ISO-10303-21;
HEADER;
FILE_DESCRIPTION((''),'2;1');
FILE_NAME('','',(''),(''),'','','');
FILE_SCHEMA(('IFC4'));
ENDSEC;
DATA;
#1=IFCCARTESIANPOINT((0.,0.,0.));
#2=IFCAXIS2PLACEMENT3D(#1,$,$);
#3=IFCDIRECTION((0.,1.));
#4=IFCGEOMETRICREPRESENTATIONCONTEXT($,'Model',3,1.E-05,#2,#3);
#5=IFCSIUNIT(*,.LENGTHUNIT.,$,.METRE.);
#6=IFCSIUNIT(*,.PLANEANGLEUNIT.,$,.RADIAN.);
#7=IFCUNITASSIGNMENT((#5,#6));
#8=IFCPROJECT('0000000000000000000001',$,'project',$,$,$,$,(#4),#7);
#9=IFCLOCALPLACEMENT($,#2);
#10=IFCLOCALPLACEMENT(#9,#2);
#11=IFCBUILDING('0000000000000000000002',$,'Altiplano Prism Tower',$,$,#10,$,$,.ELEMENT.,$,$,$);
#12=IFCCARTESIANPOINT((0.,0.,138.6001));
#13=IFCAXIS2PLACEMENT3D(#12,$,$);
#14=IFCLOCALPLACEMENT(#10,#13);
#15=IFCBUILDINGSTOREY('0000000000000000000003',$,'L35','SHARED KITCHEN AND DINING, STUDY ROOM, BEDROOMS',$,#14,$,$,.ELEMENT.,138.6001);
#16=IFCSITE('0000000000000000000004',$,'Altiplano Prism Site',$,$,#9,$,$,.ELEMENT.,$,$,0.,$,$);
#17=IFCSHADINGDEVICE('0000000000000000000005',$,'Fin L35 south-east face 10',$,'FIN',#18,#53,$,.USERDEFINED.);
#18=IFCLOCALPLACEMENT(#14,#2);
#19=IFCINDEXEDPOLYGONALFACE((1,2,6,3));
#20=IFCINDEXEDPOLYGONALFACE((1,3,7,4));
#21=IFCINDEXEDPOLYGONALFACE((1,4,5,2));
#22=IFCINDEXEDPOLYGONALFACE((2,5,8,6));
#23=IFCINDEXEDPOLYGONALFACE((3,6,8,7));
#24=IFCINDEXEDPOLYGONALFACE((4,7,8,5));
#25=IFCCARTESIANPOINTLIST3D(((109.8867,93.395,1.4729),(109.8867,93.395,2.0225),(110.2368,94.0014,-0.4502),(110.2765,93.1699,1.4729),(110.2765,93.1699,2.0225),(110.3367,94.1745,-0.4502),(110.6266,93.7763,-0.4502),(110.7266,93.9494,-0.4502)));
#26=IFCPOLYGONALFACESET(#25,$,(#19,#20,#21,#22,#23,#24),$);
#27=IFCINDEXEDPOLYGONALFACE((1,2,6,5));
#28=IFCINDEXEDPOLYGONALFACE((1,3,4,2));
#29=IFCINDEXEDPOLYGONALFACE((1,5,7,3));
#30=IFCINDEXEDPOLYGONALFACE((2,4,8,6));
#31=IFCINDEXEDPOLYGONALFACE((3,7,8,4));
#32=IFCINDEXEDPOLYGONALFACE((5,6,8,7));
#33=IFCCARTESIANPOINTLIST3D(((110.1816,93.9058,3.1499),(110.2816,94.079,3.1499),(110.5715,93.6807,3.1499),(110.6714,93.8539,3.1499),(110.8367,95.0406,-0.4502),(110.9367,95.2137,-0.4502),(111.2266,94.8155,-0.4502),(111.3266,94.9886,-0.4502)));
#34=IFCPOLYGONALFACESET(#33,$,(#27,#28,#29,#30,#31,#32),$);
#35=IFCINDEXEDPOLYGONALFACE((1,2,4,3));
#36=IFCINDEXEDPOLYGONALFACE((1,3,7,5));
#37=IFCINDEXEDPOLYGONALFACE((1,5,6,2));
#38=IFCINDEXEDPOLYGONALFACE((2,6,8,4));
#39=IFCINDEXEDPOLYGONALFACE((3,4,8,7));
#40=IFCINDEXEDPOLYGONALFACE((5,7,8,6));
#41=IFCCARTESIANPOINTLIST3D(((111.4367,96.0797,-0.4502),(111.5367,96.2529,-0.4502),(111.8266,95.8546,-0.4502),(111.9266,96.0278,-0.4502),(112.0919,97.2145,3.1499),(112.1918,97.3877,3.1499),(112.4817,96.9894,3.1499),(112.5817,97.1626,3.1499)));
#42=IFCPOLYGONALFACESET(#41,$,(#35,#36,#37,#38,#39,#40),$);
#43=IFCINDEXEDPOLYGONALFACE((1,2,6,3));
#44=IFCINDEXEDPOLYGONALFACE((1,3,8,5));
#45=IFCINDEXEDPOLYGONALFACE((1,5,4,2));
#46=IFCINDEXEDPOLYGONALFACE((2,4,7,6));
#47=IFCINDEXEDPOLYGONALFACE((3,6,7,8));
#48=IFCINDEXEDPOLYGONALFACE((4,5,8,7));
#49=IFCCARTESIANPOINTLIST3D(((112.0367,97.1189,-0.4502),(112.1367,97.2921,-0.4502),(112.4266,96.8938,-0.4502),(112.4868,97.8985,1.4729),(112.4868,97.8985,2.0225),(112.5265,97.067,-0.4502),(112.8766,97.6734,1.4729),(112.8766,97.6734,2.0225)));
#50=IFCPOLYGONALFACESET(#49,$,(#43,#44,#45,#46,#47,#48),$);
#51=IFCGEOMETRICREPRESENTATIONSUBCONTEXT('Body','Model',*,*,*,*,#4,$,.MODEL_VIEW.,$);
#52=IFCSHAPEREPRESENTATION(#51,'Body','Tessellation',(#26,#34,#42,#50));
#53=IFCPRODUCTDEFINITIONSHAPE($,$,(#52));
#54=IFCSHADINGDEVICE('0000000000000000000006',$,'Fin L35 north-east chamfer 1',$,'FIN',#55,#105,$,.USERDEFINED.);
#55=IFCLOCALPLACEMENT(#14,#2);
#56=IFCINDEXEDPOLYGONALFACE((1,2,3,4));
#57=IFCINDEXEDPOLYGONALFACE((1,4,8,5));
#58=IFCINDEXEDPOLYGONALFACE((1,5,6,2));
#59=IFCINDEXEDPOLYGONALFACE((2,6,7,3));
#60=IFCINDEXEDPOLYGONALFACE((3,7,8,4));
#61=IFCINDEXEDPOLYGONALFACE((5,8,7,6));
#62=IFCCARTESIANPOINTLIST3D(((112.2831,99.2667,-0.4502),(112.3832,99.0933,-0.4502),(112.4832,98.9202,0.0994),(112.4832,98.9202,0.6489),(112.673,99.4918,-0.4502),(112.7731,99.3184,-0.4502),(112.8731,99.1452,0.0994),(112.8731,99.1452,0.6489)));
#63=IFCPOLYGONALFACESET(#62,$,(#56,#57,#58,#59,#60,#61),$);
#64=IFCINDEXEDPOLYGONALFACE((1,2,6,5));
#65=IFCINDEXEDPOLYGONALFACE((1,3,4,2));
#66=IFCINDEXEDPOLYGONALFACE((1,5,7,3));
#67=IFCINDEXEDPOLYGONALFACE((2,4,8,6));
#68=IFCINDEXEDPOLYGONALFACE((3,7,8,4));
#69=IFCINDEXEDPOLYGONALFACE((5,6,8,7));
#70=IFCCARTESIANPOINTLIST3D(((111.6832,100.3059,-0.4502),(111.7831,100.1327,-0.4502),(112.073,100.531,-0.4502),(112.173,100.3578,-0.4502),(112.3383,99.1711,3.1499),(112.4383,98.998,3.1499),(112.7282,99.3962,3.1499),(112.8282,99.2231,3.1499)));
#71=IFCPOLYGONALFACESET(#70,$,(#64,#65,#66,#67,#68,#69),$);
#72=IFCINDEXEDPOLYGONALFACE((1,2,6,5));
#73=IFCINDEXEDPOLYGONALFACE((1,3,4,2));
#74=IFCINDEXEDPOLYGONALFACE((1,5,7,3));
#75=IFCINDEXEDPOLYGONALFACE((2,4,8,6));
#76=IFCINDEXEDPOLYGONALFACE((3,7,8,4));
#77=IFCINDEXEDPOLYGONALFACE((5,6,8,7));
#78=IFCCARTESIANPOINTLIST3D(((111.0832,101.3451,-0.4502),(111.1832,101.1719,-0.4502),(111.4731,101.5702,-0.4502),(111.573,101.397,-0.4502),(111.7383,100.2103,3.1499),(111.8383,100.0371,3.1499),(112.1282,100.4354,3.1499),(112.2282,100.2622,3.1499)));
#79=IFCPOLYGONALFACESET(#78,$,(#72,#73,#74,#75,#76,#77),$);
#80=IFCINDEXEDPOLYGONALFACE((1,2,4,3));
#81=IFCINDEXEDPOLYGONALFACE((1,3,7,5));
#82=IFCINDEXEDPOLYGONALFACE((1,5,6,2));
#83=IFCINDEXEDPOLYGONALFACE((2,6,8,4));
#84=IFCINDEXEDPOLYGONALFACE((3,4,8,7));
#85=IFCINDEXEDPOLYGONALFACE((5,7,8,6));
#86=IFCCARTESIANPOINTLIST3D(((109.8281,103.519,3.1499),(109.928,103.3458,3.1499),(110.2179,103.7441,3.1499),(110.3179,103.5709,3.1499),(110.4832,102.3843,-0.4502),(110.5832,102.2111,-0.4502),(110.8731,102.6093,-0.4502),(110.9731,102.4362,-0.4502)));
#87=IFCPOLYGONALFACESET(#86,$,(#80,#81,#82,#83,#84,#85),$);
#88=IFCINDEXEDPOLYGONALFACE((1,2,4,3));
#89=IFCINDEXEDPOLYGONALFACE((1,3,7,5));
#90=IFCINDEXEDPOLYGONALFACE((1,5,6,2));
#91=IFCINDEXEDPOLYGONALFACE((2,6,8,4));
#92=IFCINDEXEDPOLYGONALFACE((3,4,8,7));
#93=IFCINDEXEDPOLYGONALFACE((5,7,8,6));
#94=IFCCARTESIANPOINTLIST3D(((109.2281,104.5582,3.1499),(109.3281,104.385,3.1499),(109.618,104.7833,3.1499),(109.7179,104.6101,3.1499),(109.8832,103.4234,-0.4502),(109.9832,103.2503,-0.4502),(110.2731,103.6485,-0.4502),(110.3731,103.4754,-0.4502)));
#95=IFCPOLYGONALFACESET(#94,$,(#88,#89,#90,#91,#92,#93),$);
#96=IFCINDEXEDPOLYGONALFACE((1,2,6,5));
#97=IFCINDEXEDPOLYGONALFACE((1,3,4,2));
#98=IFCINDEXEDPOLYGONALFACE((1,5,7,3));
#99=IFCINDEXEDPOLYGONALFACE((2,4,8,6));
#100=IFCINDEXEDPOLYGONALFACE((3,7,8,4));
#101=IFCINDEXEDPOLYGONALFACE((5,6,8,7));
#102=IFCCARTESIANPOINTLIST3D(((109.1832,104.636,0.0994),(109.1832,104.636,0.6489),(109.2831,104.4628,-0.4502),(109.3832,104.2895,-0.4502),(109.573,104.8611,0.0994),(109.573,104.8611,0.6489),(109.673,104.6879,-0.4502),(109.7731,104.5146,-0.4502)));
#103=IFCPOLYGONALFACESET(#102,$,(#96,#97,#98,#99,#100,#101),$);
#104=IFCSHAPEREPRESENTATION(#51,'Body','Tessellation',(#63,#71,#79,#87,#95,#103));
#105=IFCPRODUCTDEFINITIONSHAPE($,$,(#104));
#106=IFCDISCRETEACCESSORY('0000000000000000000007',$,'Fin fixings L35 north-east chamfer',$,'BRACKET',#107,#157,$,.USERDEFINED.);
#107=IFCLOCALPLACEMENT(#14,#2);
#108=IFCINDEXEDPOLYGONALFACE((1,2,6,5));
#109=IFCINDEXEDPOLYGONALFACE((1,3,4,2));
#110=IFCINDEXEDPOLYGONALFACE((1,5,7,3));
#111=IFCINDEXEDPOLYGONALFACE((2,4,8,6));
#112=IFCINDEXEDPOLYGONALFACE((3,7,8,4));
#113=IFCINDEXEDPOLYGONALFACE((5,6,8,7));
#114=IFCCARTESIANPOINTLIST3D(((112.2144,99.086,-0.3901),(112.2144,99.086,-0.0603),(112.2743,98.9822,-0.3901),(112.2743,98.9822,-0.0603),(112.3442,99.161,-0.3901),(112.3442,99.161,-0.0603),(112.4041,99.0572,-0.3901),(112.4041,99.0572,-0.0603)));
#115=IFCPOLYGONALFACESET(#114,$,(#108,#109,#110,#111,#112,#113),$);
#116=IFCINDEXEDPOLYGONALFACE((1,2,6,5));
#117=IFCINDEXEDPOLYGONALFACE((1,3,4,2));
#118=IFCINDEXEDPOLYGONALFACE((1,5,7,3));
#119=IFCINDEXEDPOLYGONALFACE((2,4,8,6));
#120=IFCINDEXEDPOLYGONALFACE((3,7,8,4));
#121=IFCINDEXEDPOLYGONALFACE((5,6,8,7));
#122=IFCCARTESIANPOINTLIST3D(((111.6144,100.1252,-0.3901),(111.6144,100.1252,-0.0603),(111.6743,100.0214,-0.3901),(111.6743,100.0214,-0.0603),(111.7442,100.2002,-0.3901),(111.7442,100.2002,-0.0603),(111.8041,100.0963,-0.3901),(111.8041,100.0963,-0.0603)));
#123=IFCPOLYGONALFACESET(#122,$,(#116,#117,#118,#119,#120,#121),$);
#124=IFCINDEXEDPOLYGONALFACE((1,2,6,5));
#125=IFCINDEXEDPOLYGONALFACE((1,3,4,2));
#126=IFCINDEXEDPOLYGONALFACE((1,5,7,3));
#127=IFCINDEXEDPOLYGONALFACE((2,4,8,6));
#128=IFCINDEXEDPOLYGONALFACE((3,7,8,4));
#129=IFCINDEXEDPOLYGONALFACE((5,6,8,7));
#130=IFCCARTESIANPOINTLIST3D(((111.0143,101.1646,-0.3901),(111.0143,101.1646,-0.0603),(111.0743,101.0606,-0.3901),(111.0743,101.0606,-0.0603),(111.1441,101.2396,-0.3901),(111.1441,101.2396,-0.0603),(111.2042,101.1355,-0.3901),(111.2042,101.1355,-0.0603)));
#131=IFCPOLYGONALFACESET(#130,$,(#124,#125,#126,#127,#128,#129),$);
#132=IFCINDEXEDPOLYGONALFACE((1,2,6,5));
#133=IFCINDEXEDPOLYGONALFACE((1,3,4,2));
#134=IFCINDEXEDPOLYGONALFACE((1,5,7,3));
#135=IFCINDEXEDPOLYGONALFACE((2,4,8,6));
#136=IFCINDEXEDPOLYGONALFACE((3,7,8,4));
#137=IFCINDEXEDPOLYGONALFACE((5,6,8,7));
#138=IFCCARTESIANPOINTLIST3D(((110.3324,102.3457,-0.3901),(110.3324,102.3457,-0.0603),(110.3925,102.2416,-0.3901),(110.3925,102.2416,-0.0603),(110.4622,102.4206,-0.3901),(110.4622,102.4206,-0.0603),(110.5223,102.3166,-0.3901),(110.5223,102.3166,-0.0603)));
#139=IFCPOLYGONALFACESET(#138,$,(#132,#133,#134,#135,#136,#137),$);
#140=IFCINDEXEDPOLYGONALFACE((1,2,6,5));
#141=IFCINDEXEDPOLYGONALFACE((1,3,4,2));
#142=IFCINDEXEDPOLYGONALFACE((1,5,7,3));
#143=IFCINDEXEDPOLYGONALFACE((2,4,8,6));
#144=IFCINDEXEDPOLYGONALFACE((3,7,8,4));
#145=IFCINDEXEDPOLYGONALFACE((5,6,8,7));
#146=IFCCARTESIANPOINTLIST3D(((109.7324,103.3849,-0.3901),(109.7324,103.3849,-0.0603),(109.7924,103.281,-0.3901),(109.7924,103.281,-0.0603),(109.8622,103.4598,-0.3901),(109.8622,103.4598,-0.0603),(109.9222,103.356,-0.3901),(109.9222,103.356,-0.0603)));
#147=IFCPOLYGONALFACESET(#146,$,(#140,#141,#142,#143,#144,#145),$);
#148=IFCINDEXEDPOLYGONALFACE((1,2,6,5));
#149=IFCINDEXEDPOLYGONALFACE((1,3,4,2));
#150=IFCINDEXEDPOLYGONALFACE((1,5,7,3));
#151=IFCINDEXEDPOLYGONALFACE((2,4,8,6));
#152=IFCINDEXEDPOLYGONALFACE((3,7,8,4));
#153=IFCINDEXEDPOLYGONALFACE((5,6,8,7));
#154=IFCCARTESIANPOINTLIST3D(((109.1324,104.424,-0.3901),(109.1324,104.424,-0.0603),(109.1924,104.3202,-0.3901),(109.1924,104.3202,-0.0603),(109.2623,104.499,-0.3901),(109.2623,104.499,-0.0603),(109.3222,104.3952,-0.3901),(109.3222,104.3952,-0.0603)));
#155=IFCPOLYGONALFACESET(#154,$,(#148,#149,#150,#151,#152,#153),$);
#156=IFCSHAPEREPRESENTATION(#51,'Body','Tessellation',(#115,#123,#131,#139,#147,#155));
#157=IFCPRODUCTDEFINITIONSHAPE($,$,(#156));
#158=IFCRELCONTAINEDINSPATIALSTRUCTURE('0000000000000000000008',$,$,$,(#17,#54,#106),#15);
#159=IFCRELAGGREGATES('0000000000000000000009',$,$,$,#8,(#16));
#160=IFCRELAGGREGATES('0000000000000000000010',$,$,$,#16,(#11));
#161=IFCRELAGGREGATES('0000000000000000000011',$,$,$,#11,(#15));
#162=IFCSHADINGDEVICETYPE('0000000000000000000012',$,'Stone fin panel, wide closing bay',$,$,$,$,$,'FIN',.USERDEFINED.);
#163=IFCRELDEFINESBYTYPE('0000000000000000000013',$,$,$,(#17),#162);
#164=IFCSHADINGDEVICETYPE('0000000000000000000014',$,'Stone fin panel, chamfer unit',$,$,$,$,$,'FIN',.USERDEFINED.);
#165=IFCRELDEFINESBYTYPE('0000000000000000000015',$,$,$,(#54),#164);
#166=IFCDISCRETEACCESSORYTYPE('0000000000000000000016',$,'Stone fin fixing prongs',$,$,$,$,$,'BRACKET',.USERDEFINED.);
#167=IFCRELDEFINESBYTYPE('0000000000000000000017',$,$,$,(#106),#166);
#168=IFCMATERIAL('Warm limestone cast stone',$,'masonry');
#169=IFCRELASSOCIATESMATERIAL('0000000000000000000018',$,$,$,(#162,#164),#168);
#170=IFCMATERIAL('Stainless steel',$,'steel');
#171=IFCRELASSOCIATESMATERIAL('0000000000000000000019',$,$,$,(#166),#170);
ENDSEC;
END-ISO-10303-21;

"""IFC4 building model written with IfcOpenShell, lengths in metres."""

from ifc_helpers import new_model, si_unit, direction, frame, origin, place, context, subcontext, project, spatial, polyline, outline, extrude, source, transform, mapped, material, type_object, element, save


model = new_model("IFC4")

# Units and contexts
model_context = context("Model", 3, precision=1e-05, world=origin(), true_north=direction((0.0, 1.0)))
body_context = subcontext(model_context, "Body", "Model", "MODEL_VIEW")
ifc_project = project(units=[si_unit("LENGTHUNIT", "METRE"), si_unit("PLANEANGLEUNIT", "RADIAN")], contexts=[model_context])

# Site, building, storey
site_placement = place(None, origin())
site = spatial("IfcSite", under=ifc_project, at=site_placement, Name="Altiplano Prism Site", CompositionType="ELEMENT", RefElevation=0.0)
building_placement = place(site_placement, origin())
building = spatial("IfcBuilding", under=site, at=building_placement, Name="Altiplano Prism Tower", CompositionType="ELEMENT")
storey_placement = place(building_placement, frame((0.0, 0.0, 138.6001)))
storey = spatial("IfcBuildingStorey", under=building, at=storey_placement, Name="L35", Description="SHARED KITCHEN AND DINING, STUDY ROOM, BEDROOMS", CompositionType="ELEMENT", Elevation=138.6001)

# Shading devices
ifc_material_1 = material(Name="Warm limestone cast stone", Category="masonry")
shading_device_type_1 = type_object("IfcShadingDeviceType", Name="Stone fin panel, wide closing bay", ElementType="FIN", PredefinedType="USERDEFINED", material=ifc_material_1)
shared_shape_1 = source(origin(), body_context, "Body", "SweptSolid", [
    extrude(outline(polyline([(-2.6001, 2.4727), (-2.6001, 1.9231), (-1.8999, 0.0), (-1.7, 0.0), (-2.6001, 2.4727)])), frame((0.0, -0.1499, 0.0), z_axis=(0.0, -1.0, 0.0), x_axis=(1.0, 0.0, 0.0)), (0.0, 0.0, 1.0), 0.4502),
    extrude(outline(polyline([(-2.0103, 3.6001), (-0.7, 0.0), (-0.5, 0.0), (-1.8103, 3.6001), (-2.0103, 3.6001)])), frame((0.0, -0.1499, 0.0), z_axis=(0.0, -1.0, 0.0), x_axis=(1.0, 0.0, 0.0)), (0.0, 0.0, 1.0), 0.4502),
    extrude(outline(polyline([(1.8103, 3.6001), (0.5, 0.0), (0.7, 0.0), (2.0103, 3.6001), (1.8103, 3.6001)])), frame((0.0, -0.1499, 0.0), z_axis=(0.0, -1.0, 0.0), x_axis=(1.0, 0.0, 0.0)), (0.0, 0.0, 1.0), 0.4502),
    extrude(outline(polyline([(2.6001, 1.9231), (2.6001, 2.4727), (1.7, 0.0), (1.8999, 0.0), (2.6001, 1.9231)])), frame((0.0, -0.1499, 0.0), z_axis=(0.0, -1.0, 0.0), x_axis=(1.0, 0.0, 0.0)), (0.0, 0.0, 1.0), 0.4502),
])
shading_device_1_placement = place(storey_placement, origin())
element("IfcShadingDevice", 1, at=shading_device_1_placement, inside=storey, type_object=shading_device_type_1, Name="Fin L35 south-east face 10", ObjectType="FIN", PredefinedType="USERDEFINED", context=body_context, shape_type="MappedRepresentation", body=[
    mapped(shared_shape_1, transform((111.0569, 95.7217, -0.4502), x_axis=(0.5, 0.866025, 0.0), y_axis=(-0.866025, 0.5, 0.0), z_axis=(0.0, 0.0, 1.0))),
])
shading_device_type_2 = type_object("IfcShadingDeviceType", Name="Stone fin panel, chamfer unit", ElementType="FIN", PredefinedType="USERDEFINED", material=ifc_material_1)
shared_shape_2 = source(origin(), body_context, "Body", "SweptSolid", [
    extrude(outline(polyline([(-3.3, 1.0991), (-3.3, 0.5496), (-3.1001, 0.0), (-2.8999, 0.0), (-3.3, 1.0991)])), frame((0.0, -0.1499, 0.0), z_axis=(0.0, -1.0, 0.0), x_axis=(1.0, 0.0, 0.0)), (0.0, 0.0, 1.0), 0.4502),
    extrude(outline(polyline([(-3.2102, 3.6001), (-1.8999, 0.0), (-1.7, 0.0), (-3.0103, 3.6001), (-3.2102, 3.6001)])), frame((0.0, -0.1499, 0.0), z_axis=(0.0, -1.0, 0.0), x_axis=(1.0, 0.0, 0.0)), (0.0, 0.0, 1.0), 0.4502),
    extrude(outline(polyline([(-2.0103, 3.6001), (-0.7, 0.0), (-0.5, 0.0), (-1.8103, 3.6001), (-2.0103, 3.6001)])), frame((0.0, -0.1499, 0.0), z_axis=(0.0, -1.0, 0.0), x_axis=(1.0, 0.0, 0.0)), (0.0, 0.0, 1.0), 0.4502),
    extrude(outline(polyline([(1.8103, 3.6001), (0.5, 0.0), (0.7, 0.0), (2.0103, 3.6001), (1.8103, 3.6001)])), frame((0.0, -0.1499, 0.0), z_axis=(0.0, -1.0, 0.0), x_axis=(1.0, 0.0, 0.0)), (0.0, 0.0, 1.0), 0.4502),
    extrude(outline(polyline([(3.0103, 3.6001), (1.7, 0.0), (1.8999, 0.0), (3.2102, 3.6001), (3.0103, 3.6001)])), frame((0.0, -0.1499, 0.0), z_axis=(0.0, -1.0, 0.0), x_axis=(1.0, 0.0, 0.0)), (0.0, 0.0, 1.0), 0.4502),
    extrude(outline(polyline([(3.3, 0.5496), (3.3, 1.0991), (2.8999, 0.0), (3.1001, 0.0), (3.3, 0.5496)])), frame((0.0, -0.1499, 0.0), z_axis=(0.0, -1.0, 0.0), x_axis=(1.0, 0.0, 0.0)), (0.0, 0.0, 1.0), 0.4502),
])
shading_device_2_placement = place(storey_placement, origin())
element("IfcShadingDevice", 2, at=shading_device_2_placement, inside=storey, type_object=shading_device_type_2, Name="Fin L35 north-east chamfer 1", ObjectType="FIN", PredefinedType="USERDEFINED", context=body_context, shape_type="MappedRepresentation", body=[
    mapped(shared_shape_2, transform((110.7034, 101.7031, -0.4502), x_axis=(-0.5, 0.866025, 0.0), y_axis=(-0.866025, -0.5, 0.0), z_axis=(0.0, 0.0, 1.0))),
])

# Discrete accessory
ifc_material_2 = material(Name="Stainless steel", Category="steel")
discrete_accessory_type = type_object("IfcDiscreteAccessoryType", Name="Stone fin fixing prongs", ElementType="BRACKET", PredefinedType="USERDEFINED", material=ifc_material_2)
shared_shape_3 = source(origin(), body_context, "Body", "SweptSolid", [
    extrude(outline(polyline([(-3.1418, 0.0601), (-3.022, 0.0601), (-3.022, 0.3899), (-3.1418, 0.3899), (-3.1418, 0.0601)])), frame((0.0, 0.0, 0.0), z_axis=(0.0, -1.0, 0.0), x_axis=(1.0, 0.0, 0.0)), (0.0, 0.0, 1.0), 0.1499),
    extrude(outline(polyline([(-1.9419, 0.0601), (-1.822, 0.0601), (-1.822, 0.3899), (-1.9419, 0.3899), (-1.9419, 0.0601)])), frame((0.0, 0.0, 0.0), z_axis=(0.0, -1.0, 0.0), x_axis=(1.0, 0.0, 0.0)), (0.0, 0.0, 1.0), 0.1499),
    extrude(outline(polyline([(-0.7419, 0.0601), (-0.6218, 0.0601), (-0.6218, 0.3899), (-0.7419, 0.3899), (-0.7419, 0.0601)])), frame((0.0, 0.0, 0.0), z_axis=(0.0, -1.0, 0.0), x_axis=(1.0, 0.0, 0.0)), (0.0, 0.0, 1.0), 0.1499),
    extrude(outline(polyline([(0.6218, 0.0601), (0.7419, 0.0601), (0.7419, 0.3899), (0.6218, 0.3899), (0.6218, 0.0601)])), frame((0.0, 0.0, 0.0), z_axis=(0.0, -1.0, 0.0), x_axis=(1.0, 0.0, 0.0)), (0.0, 0.0, 1.0), 0.1499),
    extrude(outline(polyline([(1.822, 0.0601), (1.9419, 0.0601), (1.9419, 0.3899), (1.822, 0.3899), (1.822, 0.0601)])), frame((0.0, 0.0, 0.0), z_axis=(0.0, -1.0, 0.0), x_axis=(1.0, 0.0, 0.0)), (0.0, 0.0, 1.0), 0.1499),
    extrude(outline(polyline([(3.022, 0.0601), (3.1418, 0.0601), (3.1418, 0.3899), (3.022, 0.3899), (3.022, 0.0601)])), frame((0.0, 0.0, 0.0), z_axis=(0.0, -1.0, 0.0), x_axis=(1.0, 0.0, 0.0)), (0.0, 0.0, 1.0), 0.1499),
])
discrete_accessory_1_placement = place(storey_placement, origin())
element("IfcDiscreteAccessory", 3, at=discrete_accessory_1_placement, inside=storey, type_object=discrete_accessory_type, Name="Fin fixings L35 north-east chamfer", ObjectType="BRACKET", PredefinedType="USERDEFINED", context=body_context, shape_type="MappedRepresentation", body=[
    mapped(shared_shape_3, transform((110.7034, 101.7031, -0.4502), x_axis=(-0.5, 0.866025, 0.0), y_axis=(-0.866025, -0.5, 0.0), z_axis=(0.0, 0.0, 1.0))),
])

save(model, "model.ifc")
